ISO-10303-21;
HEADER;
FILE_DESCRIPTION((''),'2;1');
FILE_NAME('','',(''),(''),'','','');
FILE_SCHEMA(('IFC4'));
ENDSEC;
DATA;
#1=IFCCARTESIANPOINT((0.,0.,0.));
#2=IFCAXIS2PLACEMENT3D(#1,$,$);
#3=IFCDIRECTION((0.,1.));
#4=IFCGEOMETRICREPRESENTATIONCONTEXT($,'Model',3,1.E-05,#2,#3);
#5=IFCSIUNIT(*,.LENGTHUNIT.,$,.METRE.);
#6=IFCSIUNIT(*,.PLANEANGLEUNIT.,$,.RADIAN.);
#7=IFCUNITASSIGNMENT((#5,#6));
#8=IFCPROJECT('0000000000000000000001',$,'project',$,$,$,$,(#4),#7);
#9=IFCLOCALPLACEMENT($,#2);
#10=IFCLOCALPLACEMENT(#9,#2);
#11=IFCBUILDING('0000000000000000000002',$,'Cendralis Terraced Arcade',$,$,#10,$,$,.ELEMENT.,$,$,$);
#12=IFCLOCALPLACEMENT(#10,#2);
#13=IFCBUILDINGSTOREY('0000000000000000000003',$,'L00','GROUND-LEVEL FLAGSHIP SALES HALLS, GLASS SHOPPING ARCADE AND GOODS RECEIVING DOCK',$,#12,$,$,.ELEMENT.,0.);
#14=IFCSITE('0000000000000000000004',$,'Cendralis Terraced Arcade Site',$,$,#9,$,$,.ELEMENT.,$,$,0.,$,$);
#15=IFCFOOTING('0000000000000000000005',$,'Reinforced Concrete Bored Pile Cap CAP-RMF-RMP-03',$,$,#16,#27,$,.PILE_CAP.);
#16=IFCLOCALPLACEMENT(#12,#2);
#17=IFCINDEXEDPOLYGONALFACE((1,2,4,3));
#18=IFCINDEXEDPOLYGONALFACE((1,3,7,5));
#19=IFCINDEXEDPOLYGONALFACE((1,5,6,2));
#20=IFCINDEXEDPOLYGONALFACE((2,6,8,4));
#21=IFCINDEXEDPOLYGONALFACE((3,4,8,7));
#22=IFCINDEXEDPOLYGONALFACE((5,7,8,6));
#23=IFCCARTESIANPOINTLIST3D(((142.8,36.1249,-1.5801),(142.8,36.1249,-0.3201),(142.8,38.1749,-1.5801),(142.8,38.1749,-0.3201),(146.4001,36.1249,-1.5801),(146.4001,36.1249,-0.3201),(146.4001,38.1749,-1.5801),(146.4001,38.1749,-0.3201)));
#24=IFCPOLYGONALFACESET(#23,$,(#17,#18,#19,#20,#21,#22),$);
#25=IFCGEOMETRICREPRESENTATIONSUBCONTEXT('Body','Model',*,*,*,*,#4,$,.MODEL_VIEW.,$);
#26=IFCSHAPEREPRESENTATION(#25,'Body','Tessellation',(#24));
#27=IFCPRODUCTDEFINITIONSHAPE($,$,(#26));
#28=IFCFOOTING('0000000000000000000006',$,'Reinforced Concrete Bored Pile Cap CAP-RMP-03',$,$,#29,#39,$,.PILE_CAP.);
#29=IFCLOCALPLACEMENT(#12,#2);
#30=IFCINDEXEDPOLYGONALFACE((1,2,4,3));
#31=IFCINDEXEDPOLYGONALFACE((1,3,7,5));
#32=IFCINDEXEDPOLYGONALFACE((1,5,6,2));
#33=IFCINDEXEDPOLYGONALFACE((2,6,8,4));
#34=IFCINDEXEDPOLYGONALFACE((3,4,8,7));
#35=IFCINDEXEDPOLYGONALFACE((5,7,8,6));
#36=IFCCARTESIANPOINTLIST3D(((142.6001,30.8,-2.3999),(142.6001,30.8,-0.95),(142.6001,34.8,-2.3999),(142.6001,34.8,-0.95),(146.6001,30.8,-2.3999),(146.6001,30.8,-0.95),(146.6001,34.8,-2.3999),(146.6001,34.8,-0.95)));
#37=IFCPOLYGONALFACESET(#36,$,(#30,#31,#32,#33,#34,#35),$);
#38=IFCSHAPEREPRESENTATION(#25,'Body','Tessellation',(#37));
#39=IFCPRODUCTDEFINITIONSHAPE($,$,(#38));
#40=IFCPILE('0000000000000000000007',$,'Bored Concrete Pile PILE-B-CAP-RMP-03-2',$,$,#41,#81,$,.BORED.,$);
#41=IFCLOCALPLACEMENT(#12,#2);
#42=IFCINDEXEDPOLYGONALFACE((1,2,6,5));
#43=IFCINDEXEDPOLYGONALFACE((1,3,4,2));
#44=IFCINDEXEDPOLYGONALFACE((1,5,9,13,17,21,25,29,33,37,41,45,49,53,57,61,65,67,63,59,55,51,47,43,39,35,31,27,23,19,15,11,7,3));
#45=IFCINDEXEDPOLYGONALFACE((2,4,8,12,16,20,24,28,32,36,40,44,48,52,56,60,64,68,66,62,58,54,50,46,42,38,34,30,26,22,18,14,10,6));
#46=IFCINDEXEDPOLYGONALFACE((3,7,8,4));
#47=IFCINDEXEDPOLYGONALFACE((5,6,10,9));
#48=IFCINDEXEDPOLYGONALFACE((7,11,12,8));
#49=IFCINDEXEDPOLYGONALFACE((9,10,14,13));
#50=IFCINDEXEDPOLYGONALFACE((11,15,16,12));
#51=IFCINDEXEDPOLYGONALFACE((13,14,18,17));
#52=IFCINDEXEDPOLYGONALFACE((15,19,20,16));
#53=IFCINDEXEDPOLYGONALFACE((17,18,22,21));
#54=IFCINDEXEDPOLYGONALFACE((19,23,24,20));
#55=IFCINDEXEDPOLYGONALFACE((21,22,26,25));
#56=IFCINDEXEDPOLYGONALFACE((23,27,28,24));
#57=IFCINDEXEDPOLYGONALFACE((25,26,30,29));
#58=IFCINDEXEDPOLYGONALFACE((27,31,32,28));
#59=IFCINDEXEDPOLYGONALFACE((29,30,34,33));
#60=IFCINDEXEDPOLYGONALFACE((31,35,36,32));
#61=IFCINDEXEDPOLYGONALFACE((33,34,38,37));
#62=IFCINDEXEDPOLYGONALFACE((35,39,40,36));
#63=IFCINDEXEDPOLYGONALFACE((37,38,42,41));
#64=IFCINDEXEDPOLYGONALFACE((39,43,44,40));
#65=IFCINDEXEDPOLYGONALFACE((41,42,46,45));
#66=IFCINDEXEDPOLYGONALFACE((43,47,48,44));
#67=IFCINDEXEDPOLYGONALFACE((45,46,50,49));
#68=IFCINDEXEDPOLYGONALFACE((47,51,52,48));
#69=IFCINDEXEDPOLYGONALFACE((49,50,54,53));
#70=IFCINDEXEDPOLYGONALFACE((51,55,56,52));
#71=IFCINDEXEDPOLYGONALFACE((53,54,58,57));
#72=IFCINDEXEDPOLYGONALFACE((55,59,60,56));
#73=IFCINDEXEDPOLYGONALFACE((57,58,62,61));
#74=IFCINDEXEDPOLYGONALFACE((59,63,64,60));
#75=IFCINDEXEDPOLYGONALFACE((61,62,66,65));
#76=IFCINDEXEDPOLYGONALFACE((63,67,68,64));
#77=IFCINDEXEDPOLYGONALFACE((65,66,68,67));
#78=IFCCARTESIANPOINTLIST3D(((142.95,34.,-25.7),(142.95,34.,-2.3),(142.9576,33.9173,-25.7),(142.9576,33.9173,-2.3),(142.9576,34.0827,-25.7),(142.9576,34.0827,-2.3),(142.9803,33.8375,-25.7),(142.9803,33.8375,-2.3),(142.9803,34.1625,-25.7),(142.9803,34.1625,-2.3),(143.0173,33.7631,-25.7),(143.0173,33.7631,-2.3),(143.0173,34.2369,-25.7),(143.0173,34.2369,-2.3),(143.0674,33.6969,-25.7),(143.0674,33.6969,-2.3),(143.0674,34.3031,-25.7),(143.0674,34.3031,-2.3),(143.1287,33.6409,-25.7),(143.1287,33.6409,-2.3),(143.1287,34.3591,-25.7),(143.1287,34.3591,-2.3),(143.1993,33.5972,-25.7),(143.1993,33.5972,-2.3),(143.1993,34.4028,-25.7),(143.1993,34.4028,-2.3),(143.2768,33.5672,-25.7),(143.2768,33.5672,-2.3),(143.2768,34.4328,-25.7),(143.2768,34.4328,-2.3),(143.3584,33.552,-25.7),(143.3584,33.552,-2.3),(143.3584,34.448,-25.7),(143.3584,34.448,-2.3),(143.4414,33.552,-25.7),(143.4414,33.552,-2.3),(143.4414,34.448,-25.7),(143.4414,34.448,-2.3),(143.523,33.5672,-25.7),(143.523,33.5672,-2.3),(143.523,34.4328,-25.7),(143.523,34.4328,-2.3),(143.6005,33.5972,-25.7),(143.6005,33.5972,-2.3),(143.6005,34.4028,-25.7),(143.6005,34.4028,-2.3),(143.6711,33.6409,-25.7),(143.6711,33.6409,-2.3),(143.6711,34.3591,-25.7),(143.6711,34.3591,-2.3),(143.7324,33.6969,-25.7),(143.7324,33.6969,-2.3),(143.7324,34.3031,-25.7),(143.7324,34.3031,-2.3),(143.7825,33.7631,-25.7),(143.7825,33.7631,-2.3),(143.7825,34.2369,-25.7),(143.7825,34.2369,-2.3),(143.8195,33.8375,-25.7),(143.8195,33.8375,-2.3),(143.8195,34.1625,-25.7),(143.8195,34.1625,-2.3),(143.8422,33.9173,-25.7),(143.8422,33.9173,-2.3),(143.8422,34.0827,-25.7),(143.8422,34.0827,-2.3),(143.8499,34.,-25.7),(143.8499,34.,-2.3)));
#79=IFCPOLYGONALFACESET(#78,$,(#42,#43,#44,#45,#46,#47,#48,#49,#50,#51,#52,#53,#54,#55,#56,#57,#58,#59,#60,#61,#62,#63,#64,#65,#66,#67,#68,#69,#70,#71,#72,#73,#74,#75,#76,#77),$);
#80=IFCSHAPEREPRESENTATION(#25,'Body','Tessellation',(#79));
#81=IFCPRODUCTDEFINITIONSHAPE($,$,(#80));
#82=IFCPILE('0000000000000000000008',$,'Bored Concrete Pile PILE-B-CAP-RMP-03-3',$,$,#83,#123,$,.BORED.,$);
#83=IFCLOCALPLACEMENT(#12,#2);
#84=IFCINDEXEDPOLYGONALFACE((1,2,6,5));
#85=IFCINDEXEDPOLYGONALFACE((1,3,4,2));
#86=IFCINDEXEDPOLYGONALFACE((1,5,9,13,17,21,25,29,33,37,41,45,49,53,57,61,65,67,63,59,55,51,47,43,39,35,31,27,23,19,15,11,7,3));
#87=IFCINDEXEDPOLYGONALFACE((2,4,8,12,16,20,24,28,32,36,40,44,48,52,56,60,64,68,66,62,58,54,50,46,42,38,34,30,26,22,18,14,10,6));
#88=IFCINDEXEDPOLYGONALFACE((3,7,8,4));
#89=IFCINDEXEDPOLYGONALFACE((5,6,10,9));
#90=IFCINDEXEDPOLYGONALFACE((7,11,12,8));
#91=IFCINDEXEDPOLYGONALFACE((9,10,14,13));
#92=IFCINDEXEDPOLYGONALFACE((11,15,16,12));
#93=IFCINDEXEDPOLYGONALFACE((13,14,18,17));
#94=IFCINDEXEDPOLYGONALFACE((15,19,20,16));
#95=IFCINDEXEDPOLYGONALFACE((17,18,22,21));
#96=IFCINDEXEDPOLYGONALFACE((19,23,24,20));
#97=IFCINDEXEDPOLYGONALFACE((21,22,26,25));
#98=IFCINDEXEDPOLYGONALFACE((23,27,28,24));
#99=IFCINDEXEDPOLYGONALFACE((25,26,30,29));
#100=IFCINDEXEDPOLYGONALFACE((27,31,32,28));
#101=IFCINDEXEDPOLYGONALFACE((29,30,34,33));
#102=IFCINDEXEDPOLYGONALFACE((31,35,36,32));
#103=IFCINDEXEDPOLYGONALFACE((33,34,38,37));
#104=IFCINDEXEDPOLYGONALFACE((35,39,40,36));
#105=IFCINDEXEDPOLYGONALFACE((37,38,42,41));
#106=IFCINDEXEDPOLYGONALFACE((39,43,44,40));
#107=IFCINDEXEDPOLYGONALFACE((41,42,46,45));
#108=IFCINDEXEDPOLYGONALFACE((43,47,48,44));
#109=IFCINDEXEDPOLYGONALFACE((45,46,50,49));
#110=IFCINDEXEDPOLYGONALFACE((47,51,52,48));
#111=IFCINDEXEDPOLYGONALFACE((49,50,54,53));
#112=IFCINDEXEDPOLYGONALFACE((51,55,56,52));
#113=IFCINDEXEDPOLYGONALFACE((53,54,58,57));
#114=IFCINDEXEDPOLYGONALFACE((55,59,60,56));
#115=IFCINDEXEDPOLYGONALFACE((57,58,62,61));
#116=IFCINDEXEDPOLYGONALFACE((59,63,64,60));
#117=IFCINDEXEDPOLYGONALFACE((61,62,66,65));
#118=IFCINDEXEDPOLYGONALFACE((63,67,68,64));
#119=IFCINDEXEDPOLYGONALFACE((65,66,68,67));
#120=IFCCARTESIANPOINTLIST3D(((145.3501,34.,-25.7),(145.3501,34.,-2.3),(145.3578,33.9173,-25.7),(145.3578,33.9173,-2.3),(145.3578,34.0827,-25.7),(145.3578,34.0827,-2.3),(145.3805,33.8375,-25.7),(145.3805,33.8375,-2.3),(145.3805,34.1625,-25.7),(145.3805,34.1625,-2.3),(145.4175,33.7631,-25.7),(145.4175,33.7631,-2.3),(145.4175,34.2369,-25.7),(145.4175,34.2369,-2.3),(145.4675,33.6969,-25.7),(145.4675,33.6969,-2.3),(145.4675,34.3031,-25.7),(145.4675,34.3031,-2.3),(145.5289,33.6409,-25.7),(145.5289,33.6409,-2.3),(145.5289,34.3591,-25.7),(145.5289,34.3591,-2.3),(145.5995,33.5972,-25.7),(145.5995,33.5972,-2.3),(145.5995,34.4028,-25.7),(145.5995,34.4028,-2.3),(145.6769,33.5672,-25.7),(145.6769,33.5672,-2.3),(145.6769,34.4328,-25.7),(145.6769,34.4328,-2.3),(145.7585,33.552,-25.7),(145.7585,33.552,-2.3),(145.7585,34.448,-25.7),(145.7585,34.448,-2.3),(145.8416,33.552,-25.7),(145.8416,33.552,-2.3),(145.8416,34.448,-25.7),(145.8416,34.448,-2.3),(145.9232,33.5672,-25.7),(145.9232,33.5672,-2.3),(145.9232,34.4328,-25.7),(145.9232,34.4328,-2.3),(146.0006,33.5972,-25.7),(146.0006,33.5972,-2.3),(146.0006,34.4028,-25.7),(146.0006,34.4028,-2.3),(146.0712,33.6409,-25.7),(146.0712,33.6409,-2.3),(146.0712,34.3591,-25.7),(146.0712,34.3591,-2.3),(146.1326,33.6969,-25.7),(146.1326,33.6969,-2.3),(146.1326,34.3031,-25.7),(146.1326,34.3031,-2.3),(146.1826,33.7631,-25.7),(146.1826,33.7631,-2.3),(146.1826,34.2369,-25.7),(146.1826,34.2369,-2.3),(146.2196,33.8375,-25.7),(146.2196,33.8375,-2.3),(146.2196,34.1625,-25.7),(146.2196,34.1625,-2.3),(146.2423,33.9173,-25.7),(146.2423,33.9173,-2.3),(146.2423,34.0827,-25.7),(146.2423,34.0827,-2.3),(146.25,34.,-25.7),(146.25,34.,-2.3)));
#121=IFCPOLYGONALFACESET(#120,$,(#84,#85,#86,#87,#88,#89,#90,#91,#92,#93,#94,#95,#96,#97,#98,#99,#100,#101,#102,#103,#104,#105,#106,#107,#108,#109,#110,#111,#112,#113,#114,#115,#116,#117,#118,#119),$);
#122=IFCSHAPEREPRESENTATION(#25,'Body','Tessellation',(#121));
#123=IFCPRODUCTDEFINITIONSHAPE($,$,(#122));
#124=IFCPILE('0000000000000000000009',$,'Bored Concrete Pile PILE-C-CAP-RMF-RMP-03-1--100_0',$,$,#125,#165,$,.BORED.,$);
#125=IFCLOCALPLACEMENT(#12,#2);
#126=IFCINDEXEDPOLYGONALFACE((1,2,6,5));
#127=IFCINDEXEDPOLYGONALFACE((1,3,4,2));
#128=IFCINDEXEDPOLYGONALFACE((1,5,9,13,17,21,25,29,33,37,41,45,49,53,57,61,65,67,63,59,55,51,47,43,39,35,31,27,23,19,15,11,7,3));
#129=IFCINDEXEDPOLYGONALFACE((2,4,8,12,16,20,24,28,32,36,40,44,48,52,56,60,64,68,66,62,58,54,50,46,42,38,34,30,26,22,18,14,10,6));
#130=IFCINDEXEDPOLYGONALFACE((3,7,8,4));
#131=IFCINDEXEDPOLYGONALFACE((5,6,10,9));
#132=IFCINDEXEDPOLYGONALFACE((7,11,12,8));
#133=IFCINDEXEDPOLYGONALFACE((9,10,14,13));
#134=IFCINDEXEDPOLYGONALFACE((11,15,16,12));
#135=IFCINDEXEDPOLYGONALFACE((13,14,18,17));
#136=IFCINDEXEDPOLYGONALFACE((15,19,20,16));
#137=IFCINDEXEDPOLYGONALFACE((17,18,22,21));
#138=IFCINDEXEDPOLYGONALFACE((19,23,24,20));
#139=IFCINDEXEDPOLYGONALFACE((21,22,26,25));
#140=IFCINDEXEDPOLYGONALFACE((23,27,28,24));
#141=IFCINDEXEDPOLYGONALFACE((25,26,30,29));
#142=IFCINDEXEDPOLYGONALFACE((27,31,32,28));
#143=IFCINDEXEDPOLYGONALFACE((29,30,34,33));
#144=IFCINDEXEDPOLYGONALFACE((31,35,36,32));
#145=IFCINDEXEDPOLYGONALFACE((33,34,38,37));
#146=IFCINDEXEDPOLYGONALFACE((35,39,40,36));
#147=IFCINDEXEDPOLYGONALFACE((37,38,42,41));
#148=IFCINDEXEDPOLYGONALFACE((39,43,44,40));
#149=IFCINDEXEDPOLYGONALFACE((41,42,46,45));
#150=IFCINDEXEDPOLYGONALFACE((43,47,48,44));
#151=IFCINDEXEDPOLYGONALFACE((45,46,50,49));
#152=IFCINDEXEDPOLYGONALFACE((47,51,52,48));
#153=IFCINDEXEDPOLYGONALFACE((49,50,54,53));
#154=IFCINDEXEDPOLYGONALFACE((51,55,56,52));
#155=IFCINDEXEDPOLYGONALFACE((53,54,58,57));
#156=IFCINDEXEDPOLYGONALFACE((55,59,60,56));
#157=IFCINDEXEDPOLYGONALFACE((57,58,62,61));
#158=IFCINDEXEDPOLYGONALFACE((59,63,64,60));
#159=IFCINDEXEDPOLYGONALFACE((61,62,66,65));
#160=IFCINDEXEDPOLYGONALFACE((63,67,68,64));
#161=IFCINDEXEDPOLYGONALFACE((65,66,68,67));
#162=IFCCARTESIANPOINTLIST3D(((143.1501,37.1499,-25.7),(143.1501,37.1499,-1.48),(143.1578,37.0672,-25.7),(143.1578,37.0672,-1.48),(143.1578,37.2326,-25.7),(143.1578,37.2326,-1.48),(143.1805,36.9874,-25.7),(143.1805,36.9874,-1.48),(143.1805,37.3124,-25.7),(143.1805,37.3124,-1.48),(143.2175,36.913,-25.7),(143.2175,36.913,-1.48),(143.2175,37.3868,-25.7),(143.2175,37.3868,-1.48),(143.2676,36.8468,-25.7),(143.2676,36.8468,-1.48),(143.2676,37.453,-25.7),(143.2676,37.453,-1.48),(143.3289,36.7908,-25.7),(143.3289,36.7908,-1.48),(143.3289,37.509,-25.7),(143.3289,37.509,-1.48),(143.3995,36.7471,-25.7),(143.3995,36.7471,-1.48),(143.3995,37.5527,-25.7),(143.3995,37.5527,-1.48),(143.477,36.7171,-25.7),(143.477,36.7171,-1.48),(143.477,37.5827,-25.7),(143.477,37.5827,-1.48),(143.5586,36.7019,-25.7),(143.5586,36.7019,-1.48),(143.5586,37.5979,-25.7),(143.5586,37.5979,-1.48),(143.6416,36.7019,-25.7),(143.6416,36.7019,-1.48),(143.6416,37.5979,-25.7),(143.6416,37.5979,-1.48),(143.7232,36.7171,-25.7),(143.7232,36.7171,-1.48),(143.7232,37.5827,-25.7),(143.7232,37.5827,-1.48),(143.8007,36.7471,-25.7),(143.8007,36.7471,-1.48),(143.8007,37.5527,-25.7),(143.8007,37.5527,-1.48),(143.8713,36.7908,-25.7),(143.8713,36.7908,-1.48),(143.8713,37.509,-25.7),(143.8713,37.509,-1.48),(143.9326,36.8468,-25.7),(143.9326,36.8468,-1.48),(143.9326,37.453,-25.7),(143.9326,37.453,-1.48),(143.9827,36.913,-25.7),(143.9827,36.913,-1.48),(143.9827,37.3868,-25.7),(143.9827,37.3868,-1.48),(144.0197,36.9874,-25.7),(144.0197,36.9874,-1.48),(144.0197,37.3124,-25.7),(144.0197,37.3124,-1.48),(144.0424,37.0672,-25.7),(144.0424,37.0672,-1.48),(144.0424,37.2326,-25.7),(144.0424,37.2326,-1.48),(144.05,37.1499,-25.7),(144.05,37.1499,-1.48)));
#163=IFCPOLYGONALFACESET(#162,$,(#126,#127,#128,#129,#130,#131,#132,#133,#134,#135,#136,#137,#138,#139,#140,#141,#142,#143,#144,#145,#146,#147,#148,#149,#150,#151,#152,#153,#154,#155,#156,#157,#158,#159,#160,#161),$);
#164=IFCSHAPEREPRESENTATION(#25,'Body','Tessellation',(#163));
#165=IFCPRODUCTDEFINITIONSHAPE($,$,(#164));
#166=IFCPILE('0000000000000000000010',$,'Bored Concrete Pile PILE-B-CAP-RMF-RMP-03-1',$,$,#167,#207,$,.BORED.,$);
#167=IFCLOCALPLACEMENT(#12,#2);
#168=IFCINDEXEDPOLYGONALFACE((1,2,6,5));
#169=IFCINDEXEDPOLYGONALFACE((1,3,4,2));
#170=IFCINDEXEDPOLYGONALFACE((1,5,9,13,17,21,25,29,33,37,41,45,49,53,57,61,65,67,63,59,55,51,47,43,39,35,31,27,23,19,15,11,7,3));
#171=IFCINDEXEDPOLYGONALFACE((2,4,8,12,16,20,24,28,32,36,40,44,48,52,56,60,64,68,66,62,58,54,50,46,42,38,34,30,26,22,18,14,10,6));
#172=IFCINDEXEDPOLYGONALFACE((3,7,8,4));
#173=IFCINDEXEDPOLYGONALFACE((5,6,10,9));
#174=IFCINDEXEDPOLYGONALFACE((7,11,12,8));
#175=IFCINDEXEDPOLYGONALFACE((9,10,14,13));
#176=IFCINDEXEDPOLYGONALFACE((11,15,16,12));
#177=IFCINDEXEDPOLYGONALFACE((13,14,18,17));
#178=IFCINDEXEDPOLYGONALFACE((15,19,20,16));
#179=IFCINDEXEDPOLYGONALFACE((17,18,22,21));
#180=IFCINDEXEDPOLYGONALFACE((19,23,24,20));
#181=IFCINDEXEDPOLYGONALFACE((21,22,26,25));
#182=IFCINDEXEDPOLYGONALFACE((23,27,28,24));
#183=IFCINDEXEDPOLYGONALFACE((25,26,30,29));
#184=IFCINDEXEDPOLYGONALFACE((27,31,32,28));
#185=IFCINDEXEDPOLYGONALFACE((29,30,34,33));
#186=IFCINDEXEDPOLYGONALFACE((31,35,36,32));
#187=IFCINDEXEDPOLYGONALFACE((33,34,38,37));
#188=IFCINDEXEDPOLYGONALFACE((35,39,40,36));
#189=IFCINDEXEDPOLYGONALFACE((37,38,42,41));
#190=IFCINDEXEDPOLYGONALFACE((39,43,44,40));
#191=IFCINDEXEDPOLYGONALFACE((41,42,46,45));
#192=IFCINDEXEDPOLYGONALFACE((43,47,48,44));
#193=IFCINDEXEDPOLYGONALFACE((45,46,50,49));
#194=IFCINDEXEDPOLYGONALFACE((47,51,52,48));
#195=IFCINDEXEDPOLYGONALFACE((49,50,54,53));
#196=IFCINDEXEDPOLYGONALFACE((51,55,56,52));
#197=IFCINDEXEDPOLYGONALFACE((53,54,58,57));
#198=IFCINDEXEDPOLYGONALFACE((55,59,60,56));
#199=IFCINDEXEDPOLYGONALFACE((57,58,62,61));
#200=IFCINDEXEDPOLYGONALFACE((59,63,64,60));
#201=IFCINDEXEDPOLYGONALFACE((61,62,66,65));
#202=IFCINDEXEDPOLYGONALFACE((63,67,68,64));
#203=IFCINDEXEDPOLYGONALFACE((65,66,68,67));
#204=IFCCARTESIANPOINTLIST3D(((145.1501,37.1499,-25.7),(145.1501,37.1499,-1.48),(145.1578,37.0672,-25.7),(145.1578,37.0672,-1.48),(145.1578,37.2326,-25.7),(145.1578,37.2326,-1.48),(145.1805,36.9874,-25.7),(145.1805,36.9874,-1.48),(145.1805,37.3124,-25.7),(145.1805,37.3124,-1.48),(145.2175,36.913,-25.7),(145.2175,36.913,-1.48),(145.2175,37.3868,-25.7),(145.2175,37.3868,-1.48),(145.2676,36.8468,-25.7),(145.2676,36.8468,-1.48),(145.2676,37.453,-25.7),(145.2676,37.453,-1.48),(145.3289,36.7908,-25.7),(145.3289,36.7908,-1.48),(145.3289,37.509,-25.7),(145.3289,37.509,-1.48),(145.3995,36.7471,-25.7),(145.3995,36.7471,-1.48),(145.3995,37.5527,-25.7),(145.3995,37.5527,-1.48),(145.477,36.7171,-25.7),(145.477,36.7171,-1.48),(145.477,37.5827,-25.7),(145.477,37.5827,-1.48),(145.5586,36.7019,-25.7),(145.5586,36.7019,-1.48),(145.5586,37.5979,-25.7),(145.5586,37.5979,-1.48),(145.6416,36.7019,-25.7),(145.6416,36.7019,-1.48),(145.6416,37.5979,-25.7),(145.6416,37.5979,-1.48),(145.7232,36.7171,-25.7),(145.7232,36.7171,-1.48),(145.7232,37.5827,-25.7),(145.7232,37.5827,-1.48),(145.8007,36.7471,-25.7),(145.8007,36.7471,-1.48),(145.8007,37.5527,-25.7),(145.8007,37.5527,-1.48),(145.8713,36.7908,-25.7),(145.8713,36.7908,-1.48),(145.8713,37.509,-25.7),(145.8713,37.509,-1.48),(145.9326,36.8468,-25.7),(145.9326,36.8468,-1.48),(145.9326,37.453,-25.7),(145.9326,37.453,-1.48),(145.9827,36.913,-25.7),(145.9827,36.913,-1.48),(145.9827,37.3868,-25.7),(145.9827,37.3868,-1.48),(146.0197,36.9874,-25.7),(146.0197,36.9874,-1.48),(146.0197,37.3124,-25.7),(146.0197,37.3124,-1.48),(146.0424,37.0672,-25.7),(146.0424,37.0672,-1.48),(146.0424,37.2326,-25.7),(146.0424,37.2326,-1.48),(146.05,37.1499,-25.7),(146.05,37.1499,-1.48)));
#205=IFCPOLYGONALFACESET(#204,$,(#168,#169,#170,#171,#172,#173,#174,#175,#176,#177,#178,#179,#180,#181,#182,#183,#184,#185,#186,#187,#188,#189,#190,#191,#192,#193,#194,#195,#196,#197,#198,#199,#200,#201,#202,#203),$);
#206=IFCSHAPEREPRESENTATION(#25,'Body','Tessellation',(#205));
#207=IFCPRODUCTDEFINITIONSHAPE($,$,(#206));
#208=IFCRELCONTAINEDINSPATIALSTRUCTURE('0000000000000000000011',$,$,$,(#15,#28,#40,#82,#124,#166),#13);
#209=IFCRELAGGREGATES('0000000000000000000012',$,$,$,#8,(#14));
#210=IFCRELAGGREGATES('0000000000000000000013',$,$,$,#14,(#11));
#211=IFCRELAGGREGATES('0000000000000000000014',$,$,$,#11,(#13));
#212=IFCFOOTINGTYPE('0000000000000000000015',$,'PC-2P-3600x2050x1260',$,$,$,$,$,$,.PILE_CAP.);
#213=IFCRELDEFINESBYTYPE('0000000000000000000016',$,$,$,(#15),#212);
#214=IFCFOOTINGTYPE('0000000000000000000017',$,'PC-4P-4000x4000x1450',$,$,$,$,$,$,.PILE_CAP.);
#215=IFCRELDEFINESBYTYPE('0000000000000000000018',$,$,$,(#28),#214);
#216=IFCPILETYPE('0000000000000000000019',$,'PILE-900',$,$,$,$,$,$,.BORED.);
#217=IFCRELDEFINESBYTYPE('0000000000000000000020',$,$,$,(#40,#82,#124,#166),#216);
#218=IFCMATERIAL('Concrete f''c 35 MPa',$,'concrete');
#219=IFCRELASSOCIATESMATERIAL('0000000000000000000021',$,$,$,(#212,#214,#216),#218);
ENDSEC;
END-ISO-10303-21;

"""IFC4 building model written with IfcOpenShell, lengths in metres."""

from ifc_helpers import new_model, si_unit, direction, frame, origin, origin_2d, place, context, subcontext, project, spatial, rectangle, circle, extrude, material, material_profile, profile_set, type_object, element, save


model = new_model("IFC4")

# Units and contexts
model_context = context("Model", 3, precision=1e-05, world=origin(), true_north=direction((0.0, 1.0)))
body_context = subcontext(model_context, "Body", "Model", "MODEL_VIEW")
ifc_project = project(units=[si_unit("LENGTHUNIT", "METRE"), si_unit("PLANEANGLEUNIT", "RADIAN")], contexts=[model_context])

# Site, building, storey
site_placement = place(None, origin())
site = spatial("IfcSite", under=ifc_project, at=site_placement, Name="Cendralis Terraced Arcade Site", CompositionType="ELEMENT", RefElevation=0.0)
building_placement = place(site_placement, origin())
building = spatial("IfcBuilding", under=site, at=building_placement, Name="Cendralis Terraced Arcade", CompositionType="ELEMENT")
storey_placement = place(building_placement, origin())
storey = spatial("IfcBuildingStorey", under=building, at=storey_placement, Name="L00", Description="GROUND-LEVEL FLAGSHIP SALES HALLS, GLASS SHOPPING ARCADE AND GOODS RECEIVING DOCK", CompositionType="ELEMENT", Elevation=0.0)

# Footings
ifc_material_1 = material(Name="Concrete f'c 35 MPa", Category="concrete")
footing_type_1 = type_object("IfcFootingType", Name="PC-2P-3600x2050x1260", PredefinedType="PILE_CAP", material=ifc_material_1)
footing_1_placement = place(storey_placement, frame((144.6001, 37.1499, -1.5801), z_axis=(0.0, 0.0, 1.0), x_axis=(1.0, 0.0, 0.0)))
element("IfcFooting", 1, at=footing_1_placement, inside=storey, type_object=footing_type_1, Name="Reinforced Concrete Bored Pile Cap CAP-RMF-RMP-03", PredefinedType="PILE_CAP", context=body_context, shape_type="SweptSolid", body=[
    extrude(rectangle(XDim=3.6001, YDim=2.05, at=origin_2d()), origin(), (0.0, 0.0, 1.0), 1.26),
])
footing_type_2 = type_object("IfcFootingType", Name="PC-4P-4000x4000x1450", PredefinedType="PILE_CAP", material=ifc_material_1)
footing_2_placement = place(storey_placement, frame((144.6001, 32.8, -2.3999), z_axis=(0.0, 0.0, 1.0), x_axis=(1.0, 0.0, 0.0)))
element("IfcFooting", 2, at=footing_2_placement, inside=storey, type_object=footing_type_2, Name="Reinforced Concrete Bored Pile Cap CAP-RMP-03", PredefinedType="PILE_CAP", context=body_context, shape_type="SweptSolid", body=[
    extrude(rectangle(XDim=4.0, YDim=4.0, at=origin_2d()), origin(), (0.0, 0.0, 1.0), 1.45),
])

# Piles
ifc_material_profile_1 = material_profile(ifc_material_1, circle(Radius=0.45, at=origin_2d()), Name="PILE-D900", Category="LoadBearing")
ifc_profile_set_1 = profile_set([ifc_material_profile_1], Name="Concrete f'c 35 MPa")
pile_type = type_object("IfcPileType", Name="PILE-900", PredefinedType="BORED", material=ifc_profile_set_1)
for number, where, z_axis, x_axis, name in (
    (3, (143.3999, 34.0, -2.3), (0.0, 0.0, -1.0), (1.0, 0.0, 0.0), "Bored Concrete Pile PILE-B-CAP-RMP-03-2"),
    (4, (145.8, 34.0, -2.3), (0.0, 0.0, -1.0), (1.0, 0.0, 0.0), "Bored Concrete Pile PILE-B-CAP-RMP-03-3"),
):
    element("IfcPile", number, at=place(storey_placement, frame(where, z_axis=z_axis, x_axis=x_axis)), inside=storey, type_object=pile_type, Name=name, PredefinedType="BORED", context=body_context, shape_type="SweptSolid", body=[
        extrude(circle(Radius=0.45, at=origin_2d()), origin(), (0.0, 0.0, 1.0), 23.3999),
    ])
for number, where, z_axis, x_axis, name in (
    (5, (143.6001, 37.1499, -1.48), (0.0, 0.0, -1.0), (1.0, 0.0, 0.0), "Bored Concrete Pile PILE-C-CAP-RMF-RMP-03-1--100_0"),
    (6, (145.6001, 37.1499, -1.48), (0.0, 0.0, -1.0), (1.0, 0.0, 0.0), "Bored Concrete Pile PILE-B-CAP-RMF-RMP-03-1"),
):
    element("IfcPile", number, at=place(storey_placement, frame(where, z_axis=z_axis, x_axis=x_axis)), inside=storey, type_object=pile_type, Name=name, PredefinedType="BORED", context=body_context, shape_type="SweptSolid", body=[
        extrude(circle(Radius=0.45, at=origin_2d()), origin(), (0.0, 0.0, 1.0), 24.22),
    ])

save(model, "model.ifc")
